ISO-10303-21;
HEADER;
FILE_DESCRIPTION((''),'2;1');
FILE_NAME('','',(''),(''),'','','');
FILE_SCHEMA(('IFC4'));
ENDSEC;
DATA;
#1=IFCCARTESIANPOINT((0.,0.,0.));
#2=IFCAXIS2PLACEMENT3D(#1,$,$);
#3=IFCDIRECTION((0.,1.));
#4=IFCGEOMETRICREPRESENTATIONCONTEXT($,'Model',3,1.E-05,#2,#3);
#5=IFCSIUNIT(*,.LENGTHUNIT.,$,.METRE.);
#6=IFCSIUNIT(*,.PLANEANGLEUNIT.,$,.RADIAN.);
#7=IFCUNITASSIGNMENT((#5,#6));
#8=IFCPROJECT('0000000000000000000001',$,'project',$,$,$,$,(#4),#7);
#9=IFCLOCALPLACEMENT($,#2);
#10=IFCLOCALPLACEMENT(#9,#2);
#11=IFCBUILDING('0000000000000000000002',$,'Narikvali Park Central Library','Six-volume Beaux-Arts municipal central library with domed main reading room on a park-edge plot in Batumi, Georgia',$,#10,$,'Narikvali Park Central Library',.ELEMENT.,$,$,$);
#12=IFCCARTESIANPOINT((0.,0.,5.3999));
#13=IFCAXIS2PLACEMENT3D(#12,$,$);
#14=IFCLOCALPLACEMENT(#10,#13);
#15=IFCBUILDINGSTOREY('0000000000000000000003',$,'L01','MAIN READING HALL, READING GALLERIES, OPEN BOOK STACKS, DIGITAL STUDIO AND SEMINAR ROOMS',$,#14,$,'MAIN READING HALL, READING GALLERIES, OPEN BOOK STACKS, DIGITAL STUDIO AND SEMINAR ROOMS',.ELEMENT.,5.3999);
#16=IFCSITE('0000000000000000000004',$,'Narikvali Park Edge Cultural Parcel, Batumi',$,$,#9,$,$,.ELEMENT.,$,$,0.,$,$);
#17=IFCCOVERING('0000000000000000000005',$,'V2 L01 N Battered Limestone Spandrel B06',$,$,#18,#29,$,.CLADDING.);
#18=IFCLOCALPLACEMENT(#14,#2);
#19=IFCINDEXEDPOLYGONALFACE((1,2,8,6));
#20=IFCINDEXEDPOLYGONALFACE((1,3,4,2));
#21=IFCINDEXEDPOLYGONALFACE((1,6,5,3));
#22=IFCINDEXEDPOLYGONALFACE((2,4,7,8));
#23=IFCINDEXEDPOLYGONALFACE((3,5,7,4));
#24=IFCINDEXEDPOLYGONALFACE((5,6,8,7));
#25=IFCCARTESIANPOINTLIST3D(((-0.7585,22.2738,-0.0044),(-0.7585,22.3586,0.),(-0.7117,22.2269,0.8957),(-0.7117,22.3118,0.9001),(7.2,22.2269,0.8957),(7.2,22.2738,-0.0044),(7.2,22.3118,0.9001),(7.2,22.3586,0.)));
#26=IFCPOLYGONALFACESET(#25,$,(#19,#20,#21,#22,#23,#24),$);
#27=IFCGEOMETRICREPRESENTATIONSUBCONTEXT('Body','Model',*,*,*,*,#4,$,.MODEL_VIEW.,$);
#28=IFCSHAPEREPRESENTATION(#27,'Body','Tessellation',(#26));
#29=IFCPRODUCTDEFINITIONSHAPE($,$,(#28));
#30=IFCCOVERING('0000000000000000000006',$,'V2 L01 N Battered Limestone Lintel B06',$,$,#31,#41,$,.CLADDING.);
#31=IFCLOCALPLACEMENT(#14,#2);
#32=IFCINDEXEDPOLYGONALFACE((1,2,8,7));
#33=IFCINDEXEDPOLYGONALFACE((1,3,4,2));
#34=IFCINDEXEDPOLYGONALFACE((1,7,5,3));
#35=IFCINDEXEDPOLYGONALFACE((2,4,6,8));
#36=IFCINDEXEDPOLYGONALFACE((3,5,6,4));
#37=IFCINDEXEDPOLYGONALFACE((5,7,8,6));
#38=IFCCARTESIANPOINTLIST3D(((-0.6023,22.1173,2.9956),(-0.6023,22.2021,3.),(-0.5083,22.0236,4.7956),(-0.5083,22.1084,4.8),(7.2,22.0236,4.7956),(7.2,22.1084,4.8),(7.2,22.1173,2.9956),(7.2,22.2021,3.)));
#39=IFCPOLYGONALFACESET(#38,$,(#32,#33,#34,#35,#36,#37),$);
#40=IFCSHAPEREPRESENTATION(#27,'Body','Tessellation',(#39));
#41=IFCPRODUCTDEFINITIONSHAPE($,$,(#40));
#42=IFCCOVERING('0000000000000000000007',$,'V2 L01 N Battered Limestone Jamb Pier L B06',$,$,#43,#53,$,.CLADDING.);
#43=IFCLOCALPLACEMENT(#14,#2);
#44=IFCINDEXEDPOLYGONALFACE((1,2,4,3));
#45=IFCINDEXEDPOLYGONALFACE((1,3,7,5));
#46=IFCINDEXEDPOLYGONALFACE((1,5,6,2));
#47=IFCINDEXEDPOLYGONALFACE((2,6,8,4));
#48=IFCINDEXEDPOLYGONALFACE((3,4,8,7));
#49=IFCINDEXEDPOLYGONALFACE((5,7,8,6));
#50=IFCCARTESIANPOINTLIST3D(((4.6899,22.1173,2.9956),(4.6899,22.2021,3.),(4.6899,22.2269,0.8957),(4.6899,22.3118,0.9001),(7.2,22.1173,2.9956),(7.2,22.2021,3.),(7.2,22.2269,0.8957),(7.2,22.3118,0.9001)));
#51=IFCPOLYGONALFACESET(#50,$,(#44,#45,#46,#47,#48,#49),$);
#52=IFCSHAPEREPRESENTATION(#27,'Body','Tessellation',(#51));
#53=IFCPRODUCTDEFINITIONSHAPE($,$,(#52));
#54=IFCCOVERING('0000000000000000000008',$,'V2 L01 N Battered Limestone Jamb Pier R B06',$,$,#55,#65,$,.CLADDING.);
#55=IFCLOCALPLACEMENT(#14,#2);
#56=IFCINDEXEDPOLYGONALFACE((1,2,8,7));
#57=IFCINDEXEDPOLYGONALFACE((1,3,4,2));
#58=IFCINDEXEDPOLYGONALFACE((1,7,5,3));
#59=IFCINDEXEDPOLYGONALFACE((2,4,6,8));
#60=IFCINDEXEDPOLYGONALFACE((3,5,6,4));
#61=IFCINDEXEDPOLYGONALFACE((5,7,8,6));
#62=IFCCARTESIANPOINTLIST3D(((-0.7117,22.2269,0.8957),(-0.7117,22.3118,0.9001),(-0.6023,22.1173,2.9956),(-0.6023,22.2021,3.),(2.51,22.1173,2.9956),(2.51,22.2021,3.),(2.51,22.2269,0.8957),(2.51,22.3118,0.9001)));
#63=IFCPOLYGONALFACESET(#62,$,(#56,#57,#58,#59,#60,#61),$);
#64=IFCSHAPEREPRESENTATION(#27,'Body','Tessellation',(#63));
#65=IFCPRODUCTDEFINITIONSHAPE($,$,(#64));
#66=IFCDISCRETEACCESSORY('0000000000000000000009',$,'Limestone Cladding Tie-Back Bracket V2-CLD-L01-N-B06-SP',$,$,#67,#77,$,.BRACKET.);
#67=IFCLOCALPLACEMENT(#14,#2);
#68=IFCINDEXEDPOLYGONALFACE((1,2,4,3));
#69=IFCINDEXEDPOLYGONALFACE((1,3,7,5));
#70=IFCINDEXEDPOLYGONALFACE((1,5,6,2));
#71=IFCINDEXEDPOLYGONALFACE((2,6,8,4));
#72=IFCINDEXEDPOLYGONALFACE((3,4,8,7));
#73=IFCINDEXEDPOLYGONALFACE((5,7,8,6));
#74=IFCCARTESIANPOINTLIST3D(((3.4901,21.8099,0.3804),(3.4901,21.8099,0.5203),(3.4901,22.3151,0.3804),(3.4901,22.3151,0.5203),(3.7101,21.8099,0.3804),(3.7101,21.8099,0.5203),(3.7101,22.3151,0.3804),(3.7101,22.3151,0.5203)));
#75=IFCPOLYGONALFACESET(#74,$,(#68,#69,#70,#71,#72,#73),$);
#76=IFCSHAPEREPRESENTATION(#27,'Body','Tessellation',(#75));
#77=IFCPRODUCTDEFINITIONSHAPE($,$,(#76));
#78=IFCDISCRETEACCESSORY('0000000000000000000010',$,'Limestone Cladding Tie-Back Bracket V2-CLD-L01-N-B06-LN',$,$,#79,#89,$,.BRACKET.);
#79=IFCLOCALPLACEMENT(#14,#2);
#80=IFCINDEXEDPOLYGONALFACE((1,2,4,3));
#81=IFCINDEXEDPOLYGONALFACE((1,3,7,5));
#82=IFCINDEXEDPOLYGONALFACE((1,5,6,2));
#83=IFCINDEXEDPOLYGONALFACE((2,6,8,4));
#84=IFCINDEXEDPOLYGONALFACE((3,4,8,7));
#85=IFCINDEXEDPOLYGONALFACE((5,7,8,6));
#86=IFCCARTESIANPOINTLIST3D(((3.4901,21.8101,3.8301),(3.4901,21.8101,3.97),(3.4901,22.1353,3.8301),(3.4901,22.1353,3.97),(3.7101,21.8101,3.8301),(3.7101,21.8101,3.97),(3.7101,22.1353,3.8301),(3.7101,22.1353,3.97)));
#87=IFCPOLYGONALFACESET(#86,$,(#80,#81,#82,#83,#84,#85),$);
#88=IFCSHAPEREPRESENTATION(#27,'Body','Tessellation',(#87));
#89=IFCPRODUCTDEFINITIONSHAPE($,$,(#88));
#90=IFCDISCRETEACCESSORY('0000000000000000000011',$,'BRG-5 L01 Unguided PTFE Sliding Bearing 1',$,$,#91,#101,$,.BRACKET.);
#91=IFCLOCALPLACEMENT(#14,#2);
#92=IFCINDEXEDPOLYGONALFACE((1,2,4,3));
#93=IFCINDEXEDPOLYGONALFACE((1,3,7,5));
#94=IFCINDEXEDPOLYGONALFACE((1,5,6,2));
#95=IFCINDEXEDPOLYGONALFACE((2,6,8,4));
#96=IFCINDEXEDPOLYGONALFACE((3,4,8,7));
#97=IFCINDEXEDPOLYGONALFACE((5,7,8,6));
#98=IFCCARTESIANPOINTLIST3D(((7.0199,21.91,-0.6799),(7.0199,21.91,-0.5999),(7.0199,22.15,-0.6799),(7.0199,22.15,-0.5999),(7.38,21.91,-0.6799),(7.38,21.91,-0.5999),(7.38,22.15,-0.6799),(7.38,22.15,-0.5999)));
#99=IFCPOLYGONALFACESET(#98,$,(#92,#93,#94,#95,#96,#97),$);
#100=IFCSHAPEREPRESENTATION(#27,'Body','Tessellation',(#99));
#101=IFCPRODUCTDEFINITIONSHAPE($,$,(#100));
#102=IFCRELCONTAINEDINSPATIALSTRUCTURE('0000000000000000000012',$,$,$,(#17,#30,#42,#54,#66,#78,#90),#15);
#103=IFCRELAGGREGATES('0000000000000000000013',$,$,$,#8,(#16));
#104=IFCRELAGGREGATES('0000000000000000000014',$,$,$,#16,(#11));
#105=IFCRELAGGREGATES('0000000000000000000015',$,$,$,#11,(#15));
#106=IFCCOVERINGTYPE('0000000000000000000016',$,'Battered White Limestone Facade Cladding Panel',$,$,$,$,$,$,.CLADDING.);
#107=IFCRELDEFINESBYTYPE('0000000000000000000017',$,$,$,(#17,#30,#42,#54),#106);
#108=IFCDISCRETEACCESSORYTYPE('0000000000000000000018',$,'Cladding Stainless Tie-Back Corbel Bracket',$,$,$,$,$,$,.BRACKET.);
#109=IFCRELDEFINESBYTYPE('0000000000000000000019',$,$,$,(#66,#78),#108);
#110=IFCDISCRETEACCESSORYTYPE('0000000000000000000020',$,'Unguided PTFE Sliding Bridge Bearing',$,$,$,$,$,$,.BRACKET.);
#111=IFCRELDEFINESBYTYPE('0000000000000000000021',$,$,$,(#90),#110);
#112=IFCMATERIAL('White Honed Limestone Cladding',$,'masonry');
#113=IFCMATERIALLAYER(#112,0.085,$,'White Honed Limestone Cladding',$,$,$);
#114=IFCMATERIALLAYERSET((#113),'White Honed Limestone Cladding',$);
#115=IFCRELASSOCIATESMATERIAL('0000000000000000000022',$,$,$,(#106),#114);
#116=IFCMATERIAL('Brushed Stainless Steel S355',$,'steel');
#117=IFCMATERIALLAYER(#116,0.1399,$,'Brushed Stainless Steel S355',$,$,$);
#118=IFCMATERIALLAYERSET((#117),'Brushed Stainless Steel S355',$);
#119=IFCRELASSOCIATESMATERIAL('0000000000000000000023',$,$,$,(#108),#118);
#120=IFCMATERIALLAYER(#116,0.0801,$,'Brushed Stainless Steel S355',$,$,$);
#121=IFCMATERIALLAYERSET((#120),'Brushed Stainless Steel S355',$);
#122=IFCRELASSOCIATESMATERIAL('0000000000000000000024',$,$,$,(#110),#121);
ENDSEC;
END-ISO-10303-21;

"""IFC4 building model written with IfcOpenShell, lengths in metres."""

from ifc_helpers import new_model, si_unit, direction, frame, origin, origin_2d, place, context, subcontext, project, spatial, polyline, rectangle, outline, extrude, material, layer, layer_set, type_object, element, save


model = new_model("IFC4")

# Units and contexts
model_context = context("Model", 3, precision=1e-05, world=origin(), true_north=direction((0.0, 1.0)))
body_context = subcontext(model_context, "Body", "Model", "MODEL_VIEW")
ifc_project = project(units=[si_unit("LENGTHUNIT", "METRE"), si_unit("PLANEANGLEUNIT", "RADIAN")], contexts=[model_context])

# Site, building, storey
site_placement = place(None, origin())
site = spatial("IfcSite", under=ifc_project, at=site_placement, Name="Narikvali Park Edge Cultural Parcel, Batumi", CompositionType="ELEMENT", RefElevation=0.0)
building_placement = place(site_placement, origin())
building = spatial("IfcBuilding", under=site, at=building_placement, Name="Narikvali Park Central Library", Description="Six-volume Beaux-Arts municipal central library with domed main reading room on a park-edge plot in Batumi, Georgia", LongName="Narikvali Park Central Library", CompositionType="ELEMENT")
storey_placement = place(building_placement, frame((0.0, 0.0, 5.3999)))
storey = spatial("IfcBuildingStorey", under=building, at=storey_placement, Name="L01", Description="MAIN READING HALL, READING GALLERIES, OPEN BOOK STACKS, DIGITAL STUDIO AND SEMINAR ROOMS", LongName="MAIN READING HALL, READING GALLERIES, OPEN BOOK STACKS, DIGITAL STUDIO AND SEMINAR ROOMS", CompositionType="ELEMENT", Elevation=5.3999)

# Coverings
ifc_material_1 = material(Name="White Honed Limestone Cladding", Category="masonry")
ifc_layer_1 = layer(ifc_material_1, 0.085, Name="White Honed Limestone Cladding")
ifc_layer_set_1 = layer_set([ifc_layer_1], Name="White Honed Limestone Cladding")
covering_type = type_object("IfcCoveringType", Name="Battered White Limestone Facade Cladding Panel", PredefinedType="CLADDING", material=ifc_layer_set_1)
covering_1_placement = place(storey_placement, frame((7.2, 22.3586, 0.0), z_axis=(0.0, 0.998647, 0.052004), x_axis=(-1.0, 0.0, 0.0)))
element("IfcCovering", 1, at=covering_1_placement, inside=storey, type_object=covering_type, Name="V2 L01 N Battered Limestone Spandrel B06", PredefinedType="CLADDING", context=body_context, shape_type="SweptSolid", body=[
    extrude(outline(polyline([(0.0, 0.0), (7.9585, 0.0), (7.9116, 0.9014), (0.0, 0.9014), (0.0, 0.0)])), origin(), (0.0, 0.0, -1.0), 0.085),
])
covering_2_placement = place(storey_placement, frame((7.2, 22.2021, 3.0), z_axis=(0.0, 0.998646, 0.052011), x_axis=(-1.0, 0.0, 0.0)))
element("IfcCovering", 2, at=covering_2_placement, inside=storey, type_object=covering_type, Name="V2 L01 N Battered Limestone Lintel B06", PredefinedType="CLADDING", context=body_context, shape_type="SweptSolid", body=[
    extrude(outline(polyline([(0.0, 0.0), (7.8022, 0.0), (7.7083, 1.8025), (0.0, 1.8025), (0.0, 0.0)])), origin(), (0.0, 0.0, -1.0), 0.085),
])
covering_3_placement = place(storey_placement, frame((7.2, 22.3118, 0.9001), z_axis=(0.0, 0.99864, 0.052132), x_axis=(-1.0, 0.0, 0.0)))
element("IfcCovering", 3, at=covering_3_placement, inside=storey, type_object=covering_type, Name="V2 L01 N Battered Limestone Jamb Pier L B06", PredefinedType="CLADDING", context=body_context, shape_type="SweptSolid", body=[
    extrude(outline(polyline([(0.0, 0.0), (2.51, 0.0), (2.51, 2.1027), (0.0, 2.1027), (0.0, 0.0)])), origin(), (0.0, 0.0, -1.0), 0.085),
])
covering_4_placement = place(storey_placement, frame((2.51, 22.3118, 0.9001), z_axis=(0.0, 0.99864, 0.052132), x_axis=(-1.0, 0.0, 0.0)))
element("IfcCovering", 4, at=covering_4_placement, inside=storey, type_object=covering_type, Name="V2 L01 N Battered Limestone Jamb Pier R B06", PredefinedType="CLADDING", context=body_context, shape_type="SweptSolid", body=[
    extrude(outline(polyline([(0.0, 0.0), (3.2217, 0.0), (3.1123, 2.1027), (0.0, 2.1027), (0.0, 0.0)])), origin(), (0.0, 0.0, -1.0), 0.085),
])

# Discrete accessories
ifc_material_2 = material(Name="Brushed Stainless Steel S355", Category="steel")
ifc_layer_2 = layer(ifc_material_2, 0.1399, Name="Brushed Stainless Steel S355")
ifc_layer_set_2 = layer_set([ifc_layer_2], Name="Brushed Stainless Steel S355")
discrete_accessory_type_1 = type_object("IfcDiscreteAccessoryType", Name="Cladding Stainless Tie-Back Corbel Bracket", PredefinedType="BRACKET", material=ifc_layer_set_2)
discrete_accessory_1_placement = place(storey_placement, frame((3.6001, 22.0625, 0.3804), z_axis=(0.0, 0.0, 1.0), x_axis=(1.0, 0.0, 0.0)))
element("IfcDiscreteAccessory", 5, at=discrete_accessory_1_placement, inside=storey, type_object=discrete_accessory_type_1, Name="Limestone Cladding Tie-Back Bracket V2-CLD-L01-N-B06-SP", PredefinedType="BRACKET", context=body_context, shape_type="SweptSolid", body=[
    extrude(rectangle(XDim=0.22, YDim=0.5051, at=origin_2d()), origin(), (0.0, 0.0, 1.0), 0.1399),
])
discrete_accessory_2_placement = place(storey_placement, frame((3.6001, 21.9727, 3.8301), z_axis=(0.0, 0.0, 1.0), x_axis=(1.0, 0.0, 0.0)))
element("IfcDiscreteAccessory", 6, at=discrete_accessory_2_placement, inside=storey, type_object=discrete_accessory_type_1, Name="Limestone Cladding Tie-Back Bracket V2-CLD-L01-N-B06-LN", PredefinedType="BRACKET", context=body_context, shape_type="SweptSolid", body=[
    extrude(rectangle(XDim=0.22, YDim=0.3252, at=origin_2d()), origin(), (0.0, 0.0, 1.0), 0.1399),
])
ifc_layer_3 = layer(ifc_material_2, 0.0801, Name="Brushed Stainless Steel S355")
ifc_layer_set_3 = layer_set([ifc_layer_3], Name="Brushed Stainless Steel S355")
discrete_accessory_type_2 = type_object("IfcDiscreteAccessoryType", Name="Unguided PTFE Sliding Bridge Bearing", PredefinedType="BRACKET", material=ifc_layer_set_3)
discrete_accessory_3_placement = place(storey_placement, frame((7.2, 22.03, -0.6799), z_axis=(0.0, 0.0, 1.0), x_axis=(1.0, 0.0, 0.0)))
element("IfcDiscreteAccessory", 7, at=discrete_accessory_3_placement, inside=storey, type_object=discrete_accessory_type_2, Name="BRG-5 L01 Unguided PTFE Sliding Bearing 1", PredefinedType="BRACKET", context=body_context, shape_type="SweptSolid", body=[
    extrude(rectangle(XDim=0.3601, YDim=0.24, at=origin_2d()), origin(), (0.0, 0.0, 1.0), 0.0801),
])

save(model, "model.ifc")
